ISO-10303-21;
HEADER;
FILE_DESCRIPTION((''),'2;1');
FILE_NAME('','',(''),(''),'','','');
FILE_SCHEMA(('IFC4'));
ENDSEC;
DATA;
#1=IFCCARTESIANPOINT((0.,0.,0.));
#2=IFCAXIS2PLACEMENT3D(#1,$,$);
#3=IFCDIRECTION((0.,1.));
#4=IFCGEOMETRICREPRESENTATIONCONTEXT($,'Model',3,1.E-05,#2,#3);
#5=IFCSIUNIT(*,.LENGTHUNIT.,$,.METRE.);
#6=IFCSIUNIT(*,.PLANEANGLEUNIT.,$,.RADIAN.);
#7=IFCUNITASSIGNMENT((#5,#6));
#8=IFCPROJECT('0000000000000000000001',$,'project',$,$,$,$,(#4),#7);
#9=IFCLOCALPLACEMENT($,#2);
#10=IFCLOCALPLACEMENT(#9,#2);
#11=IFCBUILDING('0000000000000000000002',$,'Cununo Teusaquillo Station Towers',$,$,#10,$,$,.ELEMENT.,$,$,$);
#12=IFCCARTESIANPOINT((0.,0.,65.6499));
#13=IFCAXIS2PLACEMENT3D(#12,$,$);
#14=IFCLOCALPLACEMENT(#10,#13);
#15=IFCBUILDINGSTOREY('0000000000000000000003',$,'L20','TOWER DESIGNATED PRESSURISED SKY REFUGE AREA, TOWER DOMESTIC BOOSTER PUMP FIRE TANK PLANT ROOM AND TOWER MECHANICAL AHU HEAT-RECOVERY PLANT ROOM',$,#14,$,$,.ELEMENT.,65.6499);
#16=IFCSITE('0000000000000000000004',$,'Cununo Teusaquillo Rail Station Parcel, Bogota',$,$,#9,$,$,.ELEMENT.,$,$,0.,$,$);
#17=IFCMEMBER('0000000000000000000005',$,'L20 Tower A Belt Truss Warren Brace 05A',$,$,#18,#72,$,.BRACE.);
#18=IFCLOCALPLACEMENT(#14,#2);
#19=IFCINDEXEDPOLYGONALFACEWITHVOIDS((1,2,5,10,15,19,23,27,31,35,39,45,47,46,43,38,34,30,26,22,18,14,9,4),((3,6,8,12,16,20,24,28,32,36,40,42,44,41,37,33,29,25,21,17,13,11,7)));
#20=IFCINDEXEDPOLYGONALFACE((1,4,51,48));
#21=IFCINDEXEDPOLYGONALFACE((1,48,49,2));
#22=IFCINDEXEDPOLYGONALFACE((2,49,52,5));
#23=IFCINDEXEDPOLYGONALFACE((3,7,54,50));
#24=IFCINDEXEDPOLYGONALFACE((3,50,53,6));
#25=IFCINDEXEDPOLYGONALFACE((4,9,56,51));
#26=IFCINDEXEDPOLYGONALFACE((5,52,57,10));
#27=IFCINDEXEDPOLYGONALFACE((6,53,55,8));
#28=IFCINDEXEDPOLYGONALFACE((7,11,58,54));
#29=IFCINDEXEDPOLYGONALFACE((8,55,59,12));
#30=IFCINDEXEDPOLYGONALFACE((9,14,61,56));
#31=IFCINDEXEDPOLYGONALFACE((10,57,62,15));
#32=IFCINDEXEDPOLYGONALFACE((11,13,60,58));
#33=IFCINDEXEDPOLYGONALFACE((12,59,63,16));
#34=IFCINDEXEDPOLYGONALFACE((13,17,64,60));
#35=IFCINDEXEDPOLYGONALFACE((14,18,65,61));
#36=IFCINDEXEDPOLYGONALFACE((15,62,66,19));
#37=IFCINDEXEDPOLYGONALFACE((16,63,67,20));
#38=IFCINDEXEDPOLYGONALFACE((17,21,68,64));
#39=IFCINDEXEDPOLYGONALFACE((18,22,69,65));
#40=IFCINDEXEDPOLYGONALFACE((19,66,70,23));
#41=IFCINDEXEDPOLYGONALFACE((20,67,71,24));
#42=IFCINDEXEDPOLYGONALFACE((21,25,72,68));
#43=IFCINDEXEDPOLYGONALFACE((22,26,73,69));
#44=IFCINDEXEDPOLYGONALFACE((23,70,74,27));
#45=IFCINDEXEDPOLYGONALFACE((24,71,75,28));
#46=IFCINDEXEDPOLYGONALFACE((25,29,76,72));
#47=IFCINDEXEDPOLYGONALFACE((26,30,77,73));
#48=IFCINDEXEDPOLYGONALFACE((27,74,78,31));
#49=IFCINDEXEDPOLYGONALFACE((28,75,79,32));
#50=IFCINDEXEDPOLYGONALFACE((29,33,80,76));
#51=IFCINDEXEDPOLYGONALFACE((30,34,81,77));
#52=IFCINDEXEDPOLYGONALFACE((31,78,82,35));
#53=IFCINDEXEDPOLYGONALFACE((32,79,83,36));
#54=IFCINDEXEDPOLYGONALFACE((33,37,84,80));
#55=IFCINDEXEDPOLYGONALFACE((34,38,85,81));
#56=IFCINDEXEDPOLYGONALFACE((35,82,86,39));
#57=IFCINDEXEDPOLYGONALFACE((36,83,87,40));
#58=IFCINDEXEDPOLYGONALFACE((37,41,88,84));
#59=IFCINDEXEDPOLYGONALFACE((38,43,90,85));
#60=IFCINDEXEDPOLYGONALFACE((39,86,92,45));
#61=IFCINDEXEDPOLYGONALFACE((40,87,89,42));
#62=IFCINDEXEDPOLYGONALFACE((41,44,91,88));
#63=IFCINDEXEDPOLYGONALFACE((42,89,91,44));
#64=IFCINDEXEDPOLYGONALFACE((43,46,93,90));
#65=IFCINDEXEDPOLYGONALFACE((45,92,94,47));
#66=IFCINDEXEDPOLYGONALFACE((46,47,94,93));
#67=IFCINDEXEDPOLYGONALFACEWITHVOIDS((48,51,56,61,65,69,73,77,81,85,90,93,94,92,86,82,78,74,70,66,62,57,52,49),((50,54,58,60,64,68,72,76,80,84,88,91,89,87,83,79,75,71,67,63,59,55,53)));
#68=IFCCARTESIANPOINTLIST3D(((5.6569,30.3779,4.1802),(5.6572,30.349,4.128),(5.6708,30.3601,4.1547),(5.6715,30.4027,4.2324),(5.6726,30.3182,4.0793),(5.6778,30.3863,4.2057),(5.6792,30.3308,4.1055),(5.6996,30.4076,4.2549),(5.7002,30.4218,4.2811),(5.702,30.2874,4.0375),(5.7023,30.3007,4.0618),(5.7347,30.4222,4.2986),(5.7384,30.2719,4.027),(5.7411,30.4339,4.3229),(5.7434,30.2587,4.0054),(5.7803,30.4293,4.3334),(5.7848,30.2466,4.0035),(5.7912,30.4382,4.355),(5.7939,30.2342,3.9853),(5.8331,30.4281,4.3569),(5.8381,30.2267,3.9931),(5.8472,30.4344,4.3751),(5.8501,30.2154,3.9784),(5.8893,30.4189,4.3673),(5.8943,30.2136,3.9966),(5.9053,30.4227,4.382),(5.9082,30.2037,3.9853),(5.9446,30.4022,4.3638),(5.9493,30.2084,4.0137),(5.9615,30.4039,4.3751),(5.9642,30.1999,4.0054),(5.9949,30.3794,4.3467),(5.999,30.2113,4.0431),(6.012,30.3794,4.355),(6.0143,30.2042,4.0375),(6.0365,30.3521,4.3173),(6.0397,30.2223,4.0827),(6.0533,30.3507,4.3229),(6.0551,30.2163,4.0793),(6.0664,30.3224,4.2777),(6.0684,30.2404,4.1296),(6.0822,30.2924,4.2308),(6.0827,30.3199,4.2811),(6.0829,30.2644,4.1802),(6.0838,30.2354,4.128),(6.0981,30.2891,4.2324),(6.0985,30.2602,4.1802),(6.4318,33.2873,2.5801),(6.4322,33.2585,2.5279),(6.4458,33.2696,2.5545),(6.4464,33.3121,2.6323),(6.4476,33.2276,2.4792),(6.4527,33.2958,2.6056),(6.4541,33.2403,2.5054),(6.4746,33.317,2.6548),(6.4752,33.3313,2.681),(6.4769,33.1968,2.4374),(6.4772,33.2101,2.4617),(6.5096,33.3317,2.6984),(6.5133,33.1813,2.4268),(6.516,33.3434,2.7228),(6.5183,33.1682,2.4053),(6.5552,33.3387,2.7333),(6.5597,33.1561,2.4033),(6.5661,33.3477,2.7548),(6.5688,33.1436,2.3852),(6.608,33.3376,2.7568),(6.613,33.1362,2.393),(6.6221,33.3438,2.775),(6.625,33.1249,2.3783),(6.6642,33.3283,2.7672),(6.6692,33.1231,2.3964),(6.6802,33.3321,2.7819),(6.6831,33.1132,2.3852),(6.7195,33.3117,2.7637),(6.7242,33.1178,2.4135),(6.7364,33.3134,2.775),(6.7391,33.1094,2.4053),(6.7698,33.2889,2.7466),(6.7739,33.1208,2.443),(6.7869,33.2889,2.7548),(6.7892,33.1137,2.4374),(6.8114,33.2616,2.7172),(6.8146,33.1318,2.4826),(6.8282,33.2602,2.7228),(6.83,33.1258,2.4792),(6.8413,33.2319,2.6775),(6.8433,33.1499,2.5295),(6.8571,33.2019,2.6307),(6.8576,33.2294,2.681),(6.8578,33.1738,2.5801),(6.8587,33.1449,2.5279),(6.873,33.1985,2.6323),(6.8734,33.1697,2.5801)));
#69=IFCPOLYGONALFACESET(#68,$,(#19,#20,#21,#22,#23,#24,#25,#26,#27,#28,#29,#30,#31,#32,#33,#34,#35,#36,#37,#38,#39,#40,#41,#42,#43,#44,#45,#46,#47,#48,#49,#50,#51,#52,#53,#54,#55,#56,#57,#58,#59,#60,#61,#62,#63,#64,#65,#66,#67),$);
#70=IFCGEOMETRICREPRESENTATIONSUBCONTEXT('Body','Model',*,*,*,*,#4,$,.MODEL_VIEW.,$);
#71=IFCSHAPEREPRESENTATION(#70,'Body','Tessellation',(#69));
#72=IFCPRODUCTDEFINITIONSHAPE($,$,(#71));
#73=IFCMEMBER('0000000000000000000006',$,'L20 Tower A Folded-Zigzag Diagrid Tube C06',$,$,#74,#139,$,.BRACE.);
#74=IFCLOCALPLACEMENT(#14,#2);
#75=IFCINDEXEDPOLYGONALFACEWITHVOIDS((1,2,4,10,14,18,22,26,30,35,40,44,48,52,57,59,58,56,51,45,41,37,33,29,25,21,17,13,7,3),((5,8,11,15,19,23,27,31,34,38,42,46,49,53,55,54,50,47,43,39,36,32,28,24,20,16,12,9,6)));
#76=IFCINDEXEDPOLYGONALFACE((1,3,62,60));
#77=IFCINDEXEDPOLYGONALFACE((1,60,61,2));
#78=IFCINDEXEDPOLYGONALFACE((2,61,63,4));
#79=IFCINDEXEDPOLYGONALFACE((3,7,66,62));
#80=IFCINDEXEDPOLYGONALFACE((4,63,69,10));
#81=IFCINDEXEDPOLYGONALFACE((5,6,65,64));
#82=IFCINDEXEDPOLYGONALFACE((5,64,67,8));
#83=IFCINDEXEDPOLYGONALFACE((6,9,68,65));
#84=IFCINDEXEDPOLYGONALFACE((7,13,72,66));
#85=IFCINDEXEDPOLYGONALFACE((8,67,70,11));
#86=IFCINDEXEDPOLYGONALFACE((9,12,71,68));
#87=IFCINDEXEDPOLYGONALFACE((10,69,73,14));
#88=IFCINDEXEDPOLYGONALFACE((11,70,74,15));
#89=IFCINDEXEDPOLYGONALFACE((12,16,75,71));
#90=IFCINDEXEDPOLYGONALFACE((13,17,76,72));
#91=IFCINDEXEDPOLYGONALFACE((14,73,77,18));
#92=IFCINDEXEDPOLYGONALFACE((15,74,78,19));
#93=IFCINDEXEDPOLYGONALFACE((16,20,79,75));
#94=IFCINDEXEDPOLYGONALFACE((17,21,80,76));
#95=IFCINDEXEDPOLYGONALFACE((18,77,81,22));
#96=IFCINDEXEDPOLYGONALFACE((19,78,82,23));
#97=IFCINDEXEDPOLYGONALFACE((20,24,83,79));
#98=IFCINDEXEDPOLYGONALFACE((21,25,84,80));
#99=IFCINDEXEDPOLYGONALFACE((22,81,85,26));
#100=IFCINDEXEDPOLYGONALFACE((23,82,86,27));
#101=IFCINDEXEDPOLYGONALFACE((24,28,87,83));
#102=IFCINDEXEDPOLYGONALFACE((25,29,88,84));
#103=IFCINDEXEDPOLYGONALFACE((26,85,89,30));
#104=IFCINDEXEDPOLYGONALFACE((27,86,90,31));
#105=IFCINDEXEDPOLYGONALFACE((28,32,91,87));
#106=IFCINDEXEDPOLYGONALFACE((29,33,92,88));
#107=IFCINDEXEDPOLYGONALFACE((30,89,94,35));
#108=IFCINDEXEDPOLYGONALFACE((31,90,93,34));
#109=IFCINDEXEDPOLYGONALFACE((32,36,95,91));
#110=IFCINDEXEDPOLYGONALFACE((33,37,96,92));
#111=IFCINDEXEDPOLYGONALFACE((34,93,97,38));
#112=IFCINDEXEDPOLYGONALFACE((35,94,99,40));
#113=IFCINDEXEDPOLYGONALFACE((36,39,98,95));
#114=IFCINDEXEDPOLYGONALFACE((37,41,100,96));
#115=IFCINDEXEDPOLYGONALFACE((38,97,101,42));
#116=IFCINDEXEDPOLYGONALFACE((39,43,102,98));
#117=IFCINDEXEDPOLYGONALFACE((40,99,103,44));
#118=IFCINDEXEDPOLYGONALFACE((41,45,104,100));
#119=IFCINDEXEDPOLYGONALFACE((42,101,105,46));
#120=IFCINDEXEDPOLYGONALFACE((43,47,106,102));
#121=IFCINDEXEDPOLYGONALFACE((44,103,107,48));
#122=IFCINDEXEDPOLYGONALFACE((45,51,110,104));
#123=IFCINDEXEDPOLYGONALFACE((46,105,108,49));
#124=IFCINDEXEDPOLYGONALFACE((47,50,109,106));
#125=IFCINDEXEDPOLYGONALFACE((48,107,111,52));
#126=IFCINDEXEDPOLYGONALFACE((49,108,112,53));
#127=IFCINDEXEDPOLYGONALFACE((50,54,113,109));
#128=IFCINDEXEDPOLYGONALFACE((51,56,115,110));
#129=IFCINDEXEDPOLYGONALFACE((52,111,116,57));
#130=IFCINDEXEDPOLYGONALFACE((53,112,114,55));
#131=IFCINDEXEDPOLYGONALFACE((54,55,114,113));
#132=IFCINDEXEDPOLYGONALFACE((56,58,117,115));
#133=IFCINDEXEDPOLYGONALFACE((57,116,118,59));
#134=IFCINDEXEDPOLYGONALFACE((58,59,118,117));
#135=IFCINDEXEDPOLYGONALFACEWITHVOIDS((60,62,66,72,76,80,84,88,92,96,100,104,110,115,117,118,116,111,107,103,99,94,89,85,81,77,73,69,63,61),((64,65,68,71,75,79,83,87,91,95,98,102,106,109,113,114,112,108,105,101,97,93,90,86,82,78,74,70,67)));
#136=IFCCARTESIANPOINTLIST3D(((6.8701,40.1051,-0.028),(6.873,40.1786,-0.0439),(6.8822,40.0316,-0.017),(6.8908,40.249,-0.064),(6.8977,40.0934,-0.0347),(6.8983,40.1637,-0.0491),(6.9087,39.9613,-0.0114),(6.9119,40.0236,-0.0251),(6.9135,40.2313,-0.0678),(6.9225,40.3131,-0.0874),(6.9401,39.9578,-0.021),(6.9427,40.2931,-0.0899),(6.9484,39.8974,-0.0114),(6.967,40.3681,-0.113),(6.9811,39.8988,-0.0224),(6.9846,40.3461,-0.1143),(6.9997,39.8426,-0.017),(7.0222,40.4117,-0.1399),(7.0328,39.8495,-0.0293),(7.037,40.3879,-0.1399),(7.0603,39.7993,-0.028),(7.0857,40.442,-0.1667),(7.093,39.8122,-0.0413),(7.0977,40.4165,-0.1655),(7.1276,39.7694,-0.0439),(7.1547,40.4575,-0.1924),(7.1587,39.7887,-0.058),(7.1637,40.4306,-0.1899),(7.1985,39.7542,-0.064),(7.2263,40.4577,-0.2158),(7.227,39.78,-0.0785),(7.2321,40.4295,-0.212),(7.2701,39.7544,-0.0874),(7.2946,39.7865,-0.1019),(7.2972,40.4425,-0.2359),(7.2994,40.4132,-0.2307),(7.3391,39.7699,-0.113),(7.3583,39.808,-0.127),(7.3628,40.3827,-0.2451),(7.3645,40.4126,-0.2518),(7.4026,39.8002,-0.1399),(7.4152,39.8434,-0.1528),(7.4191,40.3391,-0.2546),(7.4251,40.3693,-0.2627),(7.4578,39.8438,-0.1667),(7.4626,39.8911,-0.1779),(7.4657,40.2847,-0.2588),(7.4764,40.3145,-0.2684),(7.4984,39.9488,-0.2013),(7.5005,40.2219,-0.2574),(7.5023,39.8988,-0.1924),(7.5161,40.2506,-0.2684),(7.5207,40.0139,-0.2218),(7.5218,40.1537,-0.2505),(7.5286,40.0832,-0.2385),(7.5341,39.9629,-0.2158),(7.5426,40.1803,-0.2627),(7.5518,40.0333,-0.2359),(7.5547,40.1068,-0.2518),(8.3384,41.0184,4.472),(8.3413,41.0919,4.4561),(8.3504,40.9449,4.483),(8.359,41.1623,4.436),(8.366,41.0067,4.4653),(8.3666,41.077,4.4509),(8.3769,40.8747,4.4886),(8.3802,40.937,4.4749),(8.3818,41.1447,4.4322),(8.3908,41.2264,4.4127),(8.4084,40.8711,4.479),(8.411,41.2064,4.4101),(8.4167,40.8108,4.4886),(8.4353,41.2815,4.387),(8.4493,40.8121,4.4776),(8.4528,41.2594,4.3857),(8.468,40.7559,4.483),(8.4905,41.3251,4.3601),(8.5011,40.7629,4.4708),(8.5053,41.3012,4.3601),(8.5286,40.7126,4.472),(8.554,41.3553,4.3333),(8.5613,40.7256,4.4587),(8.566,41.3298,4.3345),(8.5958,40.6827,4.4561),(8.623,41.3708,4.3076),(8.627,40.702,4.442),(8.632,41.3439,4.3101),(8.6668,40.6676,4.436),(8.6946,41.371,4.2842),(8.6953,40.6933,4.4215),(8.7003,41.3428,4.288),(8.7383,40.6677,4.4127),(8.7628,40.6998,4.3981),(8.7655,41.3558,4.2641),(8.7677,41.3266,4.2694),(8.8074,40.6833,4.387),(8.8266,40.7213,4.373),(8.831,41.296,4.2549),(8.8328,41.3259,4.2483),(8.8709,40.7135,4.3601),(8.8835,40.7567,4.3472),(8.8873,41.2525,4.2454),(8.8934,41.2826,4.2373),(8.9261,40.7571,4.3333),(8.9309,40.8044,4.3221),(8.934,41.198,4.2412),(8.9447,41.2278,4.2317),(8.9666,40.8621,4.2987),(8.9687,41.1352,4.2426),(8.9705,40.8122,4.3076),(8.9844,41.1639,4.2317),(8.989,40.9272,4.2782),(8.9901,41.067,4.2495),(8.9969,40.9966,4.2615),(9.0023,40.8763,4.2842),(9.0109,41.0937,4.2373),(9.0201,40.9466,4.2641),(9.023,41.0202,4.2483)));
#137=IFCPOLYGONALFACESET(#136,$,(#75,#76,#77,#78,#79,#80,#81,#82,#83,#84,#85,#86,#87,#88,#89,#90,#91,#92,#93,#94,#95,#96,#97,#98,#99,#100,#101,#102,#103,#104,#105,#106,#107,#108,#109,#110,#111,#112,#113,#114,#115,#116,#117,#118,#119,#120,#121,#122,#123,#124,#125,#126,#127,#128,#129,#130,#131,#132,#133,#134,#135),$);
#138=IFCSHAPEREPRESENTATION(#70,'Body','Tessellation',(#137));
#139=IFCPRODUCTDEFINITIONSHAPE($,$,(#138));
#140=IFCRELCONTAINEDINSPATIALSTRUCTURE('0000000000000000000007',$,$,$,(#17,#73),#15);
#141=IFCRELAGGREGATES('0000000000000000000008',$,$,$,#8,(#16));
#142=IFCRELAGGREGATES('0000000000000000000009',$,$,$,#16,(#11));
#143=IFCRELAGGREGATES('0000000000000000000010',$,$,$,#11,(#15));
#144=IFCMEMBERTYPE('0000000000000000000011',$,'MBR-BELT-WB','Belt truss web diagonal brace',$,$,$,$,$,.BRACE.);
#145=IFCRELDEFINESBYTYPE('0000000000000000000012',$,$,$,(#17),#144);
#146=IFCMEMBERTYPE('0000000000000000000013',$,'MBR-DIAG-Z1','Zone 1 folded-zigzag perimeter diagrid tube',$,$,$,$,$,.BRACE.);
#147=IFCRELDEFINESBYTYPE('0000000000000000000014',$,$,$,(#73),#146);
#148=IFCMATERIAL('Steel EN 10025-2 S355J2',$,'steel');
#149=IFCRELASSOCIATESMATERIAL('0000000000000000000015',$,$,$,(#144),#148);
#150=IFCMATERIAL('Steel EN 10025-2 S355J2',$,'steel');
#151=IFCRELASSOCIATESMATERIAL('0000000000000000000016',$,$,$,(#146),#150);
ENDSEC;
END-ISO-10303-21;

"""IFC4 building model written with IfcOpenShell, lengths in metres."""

from ifc_helpers import new_model, si_unit, direction, frame, origin, origin_2d, place, context, subcontext, project, spatial, hollow_circle, extrude, material, material_profile, profile_set, type_object, element, save


model = new_model("IFC4")

# Units and contexts
model_context = context("Model", 3, precision=1e-05, world=origin(), true_north=direction((0.0, 1.0)))
body_context = subcontext(model_context, "Body", "Model", "MODEL_VIEW")
ifc_project = project(units=[si_unit("LENGTHUNIT", "METRE"), si_unit("PLANEANGLEUNIT", "RADIAN")], contexts=[model_context])

# Site, building, storey
site_placement = place(None, origin())
site = spatial("IfcSite", under=ifc_project, at=site_placement, Name="Cununo Teusaquillo Rail Station Parcel, Bogota", CompositionType="ELEMENT", RefElevation=0.0)
building_placement = place(site_placement, origin())
building = spatial("IfcBuilding", under=site, at=building_placement, Name="Cununo Teusaquillo Station Towers", CompositionType="ELEMENT")
storey_placement = place(building_placement, frame((0.0, 0.0, 65.6499)))
storey = spatial("IfcBuildingStorey", under=building, at=storey_placement, Name="L20", Description="TOWER DESIGNATED PRESSURISED SKY REFUGE AREA, TOWER DOMESTIC BOOSTER PUMP FIRE TANK PLANT ROOM AND TOWER MECHANICAL AHU HEAT-RECOVERY PLANT ROOM", CompositionType="ELEMENT", Elevation=65.6499)

# Members
ifc_material_1 = material(Name="Steel EN 10025-2 S355J2", Category="steel")
ifc_material_profile_1 = material_profile(ifc_material_1, hollow_circle(Radius=0.2285, WallThickness=0.0161, at=origin_2d()), Name="CHS 457x16")
ifc_profile_set_1 = profile_set([ifc_material_profile_1], Name="Steel EN 10025-2 S355J2")
member_type_1 = type_object("IfcMemberType", Name="MBR-BELT-WB", Description="Belt truss web diagonal brace", PredefinedType="BRACE", material=ifc_profile_set_1)
member_1_placement = place(storey_placement, frame((6.6526, 33.2285, 2.5801), z_axis=(-0.227269, -0.853298, 0.469289), x_axis=(0.966313, -0.25737, 0.0)))
element("IfcMember", 1, at=member_1_placement, inside=storey, type_object=member_type_1, Name="L20 Tower A Belt Truss Warren Brace 05A", PredefinedType="BRACE", context=body_context, shape_type="SweptSolid", body=[
    extrude(hollow_circle(Radius=0.2285, WallThickness=0.0161, at=origin_2d()), origin(), (0.0, 0.0, 1.0), 3.4097),
])
ifc_material_2 = material(Name="Steel EN 10025-2 S355J2", Category="steel")
ifc_material_profile_2 = material_profile(ifc_material_2, hollow_circle(Radius=0.3601, WallThickness=0.0281, at=origin_2d()), Name="CHS 720x28")
ifc_profile_set_2 = profile_set([ifc_material_profile_2], Name="Steel EN 10025-2 S355J2")
member_type_2 = type_object("IfcMemberType", Name="MBR-DIAG-Z1", Description="Zone 1 folded-zigzag perimeter diagrid tube", PredefinedType="BRACE", material=ifc_profile_set_2)
member_2_placement = place(storey_placement, frame((7.2124, 40.106, -0.1399), z_axis=(0.304569, 0.189457, 0.933458), x_axis=(-0.528196, 0.849123, 0.0)))
element("IfcMember", 2, at=member_2_placement, inside=storey, type_object=member_type_2, Name="L20 Tower A Folded-Zigzag Diagrid Tube C06", PredefinedType="BRACE", context=body_context, shape_type="SweptSolid", body=[
    extrude(hollow_circle(Radius=0.3601, WallThickness=0.0281, at=origin_2d()), origin(), (0.0, 0.0, 1.0), 4.8208),
])

save(model, "model.ifc")
